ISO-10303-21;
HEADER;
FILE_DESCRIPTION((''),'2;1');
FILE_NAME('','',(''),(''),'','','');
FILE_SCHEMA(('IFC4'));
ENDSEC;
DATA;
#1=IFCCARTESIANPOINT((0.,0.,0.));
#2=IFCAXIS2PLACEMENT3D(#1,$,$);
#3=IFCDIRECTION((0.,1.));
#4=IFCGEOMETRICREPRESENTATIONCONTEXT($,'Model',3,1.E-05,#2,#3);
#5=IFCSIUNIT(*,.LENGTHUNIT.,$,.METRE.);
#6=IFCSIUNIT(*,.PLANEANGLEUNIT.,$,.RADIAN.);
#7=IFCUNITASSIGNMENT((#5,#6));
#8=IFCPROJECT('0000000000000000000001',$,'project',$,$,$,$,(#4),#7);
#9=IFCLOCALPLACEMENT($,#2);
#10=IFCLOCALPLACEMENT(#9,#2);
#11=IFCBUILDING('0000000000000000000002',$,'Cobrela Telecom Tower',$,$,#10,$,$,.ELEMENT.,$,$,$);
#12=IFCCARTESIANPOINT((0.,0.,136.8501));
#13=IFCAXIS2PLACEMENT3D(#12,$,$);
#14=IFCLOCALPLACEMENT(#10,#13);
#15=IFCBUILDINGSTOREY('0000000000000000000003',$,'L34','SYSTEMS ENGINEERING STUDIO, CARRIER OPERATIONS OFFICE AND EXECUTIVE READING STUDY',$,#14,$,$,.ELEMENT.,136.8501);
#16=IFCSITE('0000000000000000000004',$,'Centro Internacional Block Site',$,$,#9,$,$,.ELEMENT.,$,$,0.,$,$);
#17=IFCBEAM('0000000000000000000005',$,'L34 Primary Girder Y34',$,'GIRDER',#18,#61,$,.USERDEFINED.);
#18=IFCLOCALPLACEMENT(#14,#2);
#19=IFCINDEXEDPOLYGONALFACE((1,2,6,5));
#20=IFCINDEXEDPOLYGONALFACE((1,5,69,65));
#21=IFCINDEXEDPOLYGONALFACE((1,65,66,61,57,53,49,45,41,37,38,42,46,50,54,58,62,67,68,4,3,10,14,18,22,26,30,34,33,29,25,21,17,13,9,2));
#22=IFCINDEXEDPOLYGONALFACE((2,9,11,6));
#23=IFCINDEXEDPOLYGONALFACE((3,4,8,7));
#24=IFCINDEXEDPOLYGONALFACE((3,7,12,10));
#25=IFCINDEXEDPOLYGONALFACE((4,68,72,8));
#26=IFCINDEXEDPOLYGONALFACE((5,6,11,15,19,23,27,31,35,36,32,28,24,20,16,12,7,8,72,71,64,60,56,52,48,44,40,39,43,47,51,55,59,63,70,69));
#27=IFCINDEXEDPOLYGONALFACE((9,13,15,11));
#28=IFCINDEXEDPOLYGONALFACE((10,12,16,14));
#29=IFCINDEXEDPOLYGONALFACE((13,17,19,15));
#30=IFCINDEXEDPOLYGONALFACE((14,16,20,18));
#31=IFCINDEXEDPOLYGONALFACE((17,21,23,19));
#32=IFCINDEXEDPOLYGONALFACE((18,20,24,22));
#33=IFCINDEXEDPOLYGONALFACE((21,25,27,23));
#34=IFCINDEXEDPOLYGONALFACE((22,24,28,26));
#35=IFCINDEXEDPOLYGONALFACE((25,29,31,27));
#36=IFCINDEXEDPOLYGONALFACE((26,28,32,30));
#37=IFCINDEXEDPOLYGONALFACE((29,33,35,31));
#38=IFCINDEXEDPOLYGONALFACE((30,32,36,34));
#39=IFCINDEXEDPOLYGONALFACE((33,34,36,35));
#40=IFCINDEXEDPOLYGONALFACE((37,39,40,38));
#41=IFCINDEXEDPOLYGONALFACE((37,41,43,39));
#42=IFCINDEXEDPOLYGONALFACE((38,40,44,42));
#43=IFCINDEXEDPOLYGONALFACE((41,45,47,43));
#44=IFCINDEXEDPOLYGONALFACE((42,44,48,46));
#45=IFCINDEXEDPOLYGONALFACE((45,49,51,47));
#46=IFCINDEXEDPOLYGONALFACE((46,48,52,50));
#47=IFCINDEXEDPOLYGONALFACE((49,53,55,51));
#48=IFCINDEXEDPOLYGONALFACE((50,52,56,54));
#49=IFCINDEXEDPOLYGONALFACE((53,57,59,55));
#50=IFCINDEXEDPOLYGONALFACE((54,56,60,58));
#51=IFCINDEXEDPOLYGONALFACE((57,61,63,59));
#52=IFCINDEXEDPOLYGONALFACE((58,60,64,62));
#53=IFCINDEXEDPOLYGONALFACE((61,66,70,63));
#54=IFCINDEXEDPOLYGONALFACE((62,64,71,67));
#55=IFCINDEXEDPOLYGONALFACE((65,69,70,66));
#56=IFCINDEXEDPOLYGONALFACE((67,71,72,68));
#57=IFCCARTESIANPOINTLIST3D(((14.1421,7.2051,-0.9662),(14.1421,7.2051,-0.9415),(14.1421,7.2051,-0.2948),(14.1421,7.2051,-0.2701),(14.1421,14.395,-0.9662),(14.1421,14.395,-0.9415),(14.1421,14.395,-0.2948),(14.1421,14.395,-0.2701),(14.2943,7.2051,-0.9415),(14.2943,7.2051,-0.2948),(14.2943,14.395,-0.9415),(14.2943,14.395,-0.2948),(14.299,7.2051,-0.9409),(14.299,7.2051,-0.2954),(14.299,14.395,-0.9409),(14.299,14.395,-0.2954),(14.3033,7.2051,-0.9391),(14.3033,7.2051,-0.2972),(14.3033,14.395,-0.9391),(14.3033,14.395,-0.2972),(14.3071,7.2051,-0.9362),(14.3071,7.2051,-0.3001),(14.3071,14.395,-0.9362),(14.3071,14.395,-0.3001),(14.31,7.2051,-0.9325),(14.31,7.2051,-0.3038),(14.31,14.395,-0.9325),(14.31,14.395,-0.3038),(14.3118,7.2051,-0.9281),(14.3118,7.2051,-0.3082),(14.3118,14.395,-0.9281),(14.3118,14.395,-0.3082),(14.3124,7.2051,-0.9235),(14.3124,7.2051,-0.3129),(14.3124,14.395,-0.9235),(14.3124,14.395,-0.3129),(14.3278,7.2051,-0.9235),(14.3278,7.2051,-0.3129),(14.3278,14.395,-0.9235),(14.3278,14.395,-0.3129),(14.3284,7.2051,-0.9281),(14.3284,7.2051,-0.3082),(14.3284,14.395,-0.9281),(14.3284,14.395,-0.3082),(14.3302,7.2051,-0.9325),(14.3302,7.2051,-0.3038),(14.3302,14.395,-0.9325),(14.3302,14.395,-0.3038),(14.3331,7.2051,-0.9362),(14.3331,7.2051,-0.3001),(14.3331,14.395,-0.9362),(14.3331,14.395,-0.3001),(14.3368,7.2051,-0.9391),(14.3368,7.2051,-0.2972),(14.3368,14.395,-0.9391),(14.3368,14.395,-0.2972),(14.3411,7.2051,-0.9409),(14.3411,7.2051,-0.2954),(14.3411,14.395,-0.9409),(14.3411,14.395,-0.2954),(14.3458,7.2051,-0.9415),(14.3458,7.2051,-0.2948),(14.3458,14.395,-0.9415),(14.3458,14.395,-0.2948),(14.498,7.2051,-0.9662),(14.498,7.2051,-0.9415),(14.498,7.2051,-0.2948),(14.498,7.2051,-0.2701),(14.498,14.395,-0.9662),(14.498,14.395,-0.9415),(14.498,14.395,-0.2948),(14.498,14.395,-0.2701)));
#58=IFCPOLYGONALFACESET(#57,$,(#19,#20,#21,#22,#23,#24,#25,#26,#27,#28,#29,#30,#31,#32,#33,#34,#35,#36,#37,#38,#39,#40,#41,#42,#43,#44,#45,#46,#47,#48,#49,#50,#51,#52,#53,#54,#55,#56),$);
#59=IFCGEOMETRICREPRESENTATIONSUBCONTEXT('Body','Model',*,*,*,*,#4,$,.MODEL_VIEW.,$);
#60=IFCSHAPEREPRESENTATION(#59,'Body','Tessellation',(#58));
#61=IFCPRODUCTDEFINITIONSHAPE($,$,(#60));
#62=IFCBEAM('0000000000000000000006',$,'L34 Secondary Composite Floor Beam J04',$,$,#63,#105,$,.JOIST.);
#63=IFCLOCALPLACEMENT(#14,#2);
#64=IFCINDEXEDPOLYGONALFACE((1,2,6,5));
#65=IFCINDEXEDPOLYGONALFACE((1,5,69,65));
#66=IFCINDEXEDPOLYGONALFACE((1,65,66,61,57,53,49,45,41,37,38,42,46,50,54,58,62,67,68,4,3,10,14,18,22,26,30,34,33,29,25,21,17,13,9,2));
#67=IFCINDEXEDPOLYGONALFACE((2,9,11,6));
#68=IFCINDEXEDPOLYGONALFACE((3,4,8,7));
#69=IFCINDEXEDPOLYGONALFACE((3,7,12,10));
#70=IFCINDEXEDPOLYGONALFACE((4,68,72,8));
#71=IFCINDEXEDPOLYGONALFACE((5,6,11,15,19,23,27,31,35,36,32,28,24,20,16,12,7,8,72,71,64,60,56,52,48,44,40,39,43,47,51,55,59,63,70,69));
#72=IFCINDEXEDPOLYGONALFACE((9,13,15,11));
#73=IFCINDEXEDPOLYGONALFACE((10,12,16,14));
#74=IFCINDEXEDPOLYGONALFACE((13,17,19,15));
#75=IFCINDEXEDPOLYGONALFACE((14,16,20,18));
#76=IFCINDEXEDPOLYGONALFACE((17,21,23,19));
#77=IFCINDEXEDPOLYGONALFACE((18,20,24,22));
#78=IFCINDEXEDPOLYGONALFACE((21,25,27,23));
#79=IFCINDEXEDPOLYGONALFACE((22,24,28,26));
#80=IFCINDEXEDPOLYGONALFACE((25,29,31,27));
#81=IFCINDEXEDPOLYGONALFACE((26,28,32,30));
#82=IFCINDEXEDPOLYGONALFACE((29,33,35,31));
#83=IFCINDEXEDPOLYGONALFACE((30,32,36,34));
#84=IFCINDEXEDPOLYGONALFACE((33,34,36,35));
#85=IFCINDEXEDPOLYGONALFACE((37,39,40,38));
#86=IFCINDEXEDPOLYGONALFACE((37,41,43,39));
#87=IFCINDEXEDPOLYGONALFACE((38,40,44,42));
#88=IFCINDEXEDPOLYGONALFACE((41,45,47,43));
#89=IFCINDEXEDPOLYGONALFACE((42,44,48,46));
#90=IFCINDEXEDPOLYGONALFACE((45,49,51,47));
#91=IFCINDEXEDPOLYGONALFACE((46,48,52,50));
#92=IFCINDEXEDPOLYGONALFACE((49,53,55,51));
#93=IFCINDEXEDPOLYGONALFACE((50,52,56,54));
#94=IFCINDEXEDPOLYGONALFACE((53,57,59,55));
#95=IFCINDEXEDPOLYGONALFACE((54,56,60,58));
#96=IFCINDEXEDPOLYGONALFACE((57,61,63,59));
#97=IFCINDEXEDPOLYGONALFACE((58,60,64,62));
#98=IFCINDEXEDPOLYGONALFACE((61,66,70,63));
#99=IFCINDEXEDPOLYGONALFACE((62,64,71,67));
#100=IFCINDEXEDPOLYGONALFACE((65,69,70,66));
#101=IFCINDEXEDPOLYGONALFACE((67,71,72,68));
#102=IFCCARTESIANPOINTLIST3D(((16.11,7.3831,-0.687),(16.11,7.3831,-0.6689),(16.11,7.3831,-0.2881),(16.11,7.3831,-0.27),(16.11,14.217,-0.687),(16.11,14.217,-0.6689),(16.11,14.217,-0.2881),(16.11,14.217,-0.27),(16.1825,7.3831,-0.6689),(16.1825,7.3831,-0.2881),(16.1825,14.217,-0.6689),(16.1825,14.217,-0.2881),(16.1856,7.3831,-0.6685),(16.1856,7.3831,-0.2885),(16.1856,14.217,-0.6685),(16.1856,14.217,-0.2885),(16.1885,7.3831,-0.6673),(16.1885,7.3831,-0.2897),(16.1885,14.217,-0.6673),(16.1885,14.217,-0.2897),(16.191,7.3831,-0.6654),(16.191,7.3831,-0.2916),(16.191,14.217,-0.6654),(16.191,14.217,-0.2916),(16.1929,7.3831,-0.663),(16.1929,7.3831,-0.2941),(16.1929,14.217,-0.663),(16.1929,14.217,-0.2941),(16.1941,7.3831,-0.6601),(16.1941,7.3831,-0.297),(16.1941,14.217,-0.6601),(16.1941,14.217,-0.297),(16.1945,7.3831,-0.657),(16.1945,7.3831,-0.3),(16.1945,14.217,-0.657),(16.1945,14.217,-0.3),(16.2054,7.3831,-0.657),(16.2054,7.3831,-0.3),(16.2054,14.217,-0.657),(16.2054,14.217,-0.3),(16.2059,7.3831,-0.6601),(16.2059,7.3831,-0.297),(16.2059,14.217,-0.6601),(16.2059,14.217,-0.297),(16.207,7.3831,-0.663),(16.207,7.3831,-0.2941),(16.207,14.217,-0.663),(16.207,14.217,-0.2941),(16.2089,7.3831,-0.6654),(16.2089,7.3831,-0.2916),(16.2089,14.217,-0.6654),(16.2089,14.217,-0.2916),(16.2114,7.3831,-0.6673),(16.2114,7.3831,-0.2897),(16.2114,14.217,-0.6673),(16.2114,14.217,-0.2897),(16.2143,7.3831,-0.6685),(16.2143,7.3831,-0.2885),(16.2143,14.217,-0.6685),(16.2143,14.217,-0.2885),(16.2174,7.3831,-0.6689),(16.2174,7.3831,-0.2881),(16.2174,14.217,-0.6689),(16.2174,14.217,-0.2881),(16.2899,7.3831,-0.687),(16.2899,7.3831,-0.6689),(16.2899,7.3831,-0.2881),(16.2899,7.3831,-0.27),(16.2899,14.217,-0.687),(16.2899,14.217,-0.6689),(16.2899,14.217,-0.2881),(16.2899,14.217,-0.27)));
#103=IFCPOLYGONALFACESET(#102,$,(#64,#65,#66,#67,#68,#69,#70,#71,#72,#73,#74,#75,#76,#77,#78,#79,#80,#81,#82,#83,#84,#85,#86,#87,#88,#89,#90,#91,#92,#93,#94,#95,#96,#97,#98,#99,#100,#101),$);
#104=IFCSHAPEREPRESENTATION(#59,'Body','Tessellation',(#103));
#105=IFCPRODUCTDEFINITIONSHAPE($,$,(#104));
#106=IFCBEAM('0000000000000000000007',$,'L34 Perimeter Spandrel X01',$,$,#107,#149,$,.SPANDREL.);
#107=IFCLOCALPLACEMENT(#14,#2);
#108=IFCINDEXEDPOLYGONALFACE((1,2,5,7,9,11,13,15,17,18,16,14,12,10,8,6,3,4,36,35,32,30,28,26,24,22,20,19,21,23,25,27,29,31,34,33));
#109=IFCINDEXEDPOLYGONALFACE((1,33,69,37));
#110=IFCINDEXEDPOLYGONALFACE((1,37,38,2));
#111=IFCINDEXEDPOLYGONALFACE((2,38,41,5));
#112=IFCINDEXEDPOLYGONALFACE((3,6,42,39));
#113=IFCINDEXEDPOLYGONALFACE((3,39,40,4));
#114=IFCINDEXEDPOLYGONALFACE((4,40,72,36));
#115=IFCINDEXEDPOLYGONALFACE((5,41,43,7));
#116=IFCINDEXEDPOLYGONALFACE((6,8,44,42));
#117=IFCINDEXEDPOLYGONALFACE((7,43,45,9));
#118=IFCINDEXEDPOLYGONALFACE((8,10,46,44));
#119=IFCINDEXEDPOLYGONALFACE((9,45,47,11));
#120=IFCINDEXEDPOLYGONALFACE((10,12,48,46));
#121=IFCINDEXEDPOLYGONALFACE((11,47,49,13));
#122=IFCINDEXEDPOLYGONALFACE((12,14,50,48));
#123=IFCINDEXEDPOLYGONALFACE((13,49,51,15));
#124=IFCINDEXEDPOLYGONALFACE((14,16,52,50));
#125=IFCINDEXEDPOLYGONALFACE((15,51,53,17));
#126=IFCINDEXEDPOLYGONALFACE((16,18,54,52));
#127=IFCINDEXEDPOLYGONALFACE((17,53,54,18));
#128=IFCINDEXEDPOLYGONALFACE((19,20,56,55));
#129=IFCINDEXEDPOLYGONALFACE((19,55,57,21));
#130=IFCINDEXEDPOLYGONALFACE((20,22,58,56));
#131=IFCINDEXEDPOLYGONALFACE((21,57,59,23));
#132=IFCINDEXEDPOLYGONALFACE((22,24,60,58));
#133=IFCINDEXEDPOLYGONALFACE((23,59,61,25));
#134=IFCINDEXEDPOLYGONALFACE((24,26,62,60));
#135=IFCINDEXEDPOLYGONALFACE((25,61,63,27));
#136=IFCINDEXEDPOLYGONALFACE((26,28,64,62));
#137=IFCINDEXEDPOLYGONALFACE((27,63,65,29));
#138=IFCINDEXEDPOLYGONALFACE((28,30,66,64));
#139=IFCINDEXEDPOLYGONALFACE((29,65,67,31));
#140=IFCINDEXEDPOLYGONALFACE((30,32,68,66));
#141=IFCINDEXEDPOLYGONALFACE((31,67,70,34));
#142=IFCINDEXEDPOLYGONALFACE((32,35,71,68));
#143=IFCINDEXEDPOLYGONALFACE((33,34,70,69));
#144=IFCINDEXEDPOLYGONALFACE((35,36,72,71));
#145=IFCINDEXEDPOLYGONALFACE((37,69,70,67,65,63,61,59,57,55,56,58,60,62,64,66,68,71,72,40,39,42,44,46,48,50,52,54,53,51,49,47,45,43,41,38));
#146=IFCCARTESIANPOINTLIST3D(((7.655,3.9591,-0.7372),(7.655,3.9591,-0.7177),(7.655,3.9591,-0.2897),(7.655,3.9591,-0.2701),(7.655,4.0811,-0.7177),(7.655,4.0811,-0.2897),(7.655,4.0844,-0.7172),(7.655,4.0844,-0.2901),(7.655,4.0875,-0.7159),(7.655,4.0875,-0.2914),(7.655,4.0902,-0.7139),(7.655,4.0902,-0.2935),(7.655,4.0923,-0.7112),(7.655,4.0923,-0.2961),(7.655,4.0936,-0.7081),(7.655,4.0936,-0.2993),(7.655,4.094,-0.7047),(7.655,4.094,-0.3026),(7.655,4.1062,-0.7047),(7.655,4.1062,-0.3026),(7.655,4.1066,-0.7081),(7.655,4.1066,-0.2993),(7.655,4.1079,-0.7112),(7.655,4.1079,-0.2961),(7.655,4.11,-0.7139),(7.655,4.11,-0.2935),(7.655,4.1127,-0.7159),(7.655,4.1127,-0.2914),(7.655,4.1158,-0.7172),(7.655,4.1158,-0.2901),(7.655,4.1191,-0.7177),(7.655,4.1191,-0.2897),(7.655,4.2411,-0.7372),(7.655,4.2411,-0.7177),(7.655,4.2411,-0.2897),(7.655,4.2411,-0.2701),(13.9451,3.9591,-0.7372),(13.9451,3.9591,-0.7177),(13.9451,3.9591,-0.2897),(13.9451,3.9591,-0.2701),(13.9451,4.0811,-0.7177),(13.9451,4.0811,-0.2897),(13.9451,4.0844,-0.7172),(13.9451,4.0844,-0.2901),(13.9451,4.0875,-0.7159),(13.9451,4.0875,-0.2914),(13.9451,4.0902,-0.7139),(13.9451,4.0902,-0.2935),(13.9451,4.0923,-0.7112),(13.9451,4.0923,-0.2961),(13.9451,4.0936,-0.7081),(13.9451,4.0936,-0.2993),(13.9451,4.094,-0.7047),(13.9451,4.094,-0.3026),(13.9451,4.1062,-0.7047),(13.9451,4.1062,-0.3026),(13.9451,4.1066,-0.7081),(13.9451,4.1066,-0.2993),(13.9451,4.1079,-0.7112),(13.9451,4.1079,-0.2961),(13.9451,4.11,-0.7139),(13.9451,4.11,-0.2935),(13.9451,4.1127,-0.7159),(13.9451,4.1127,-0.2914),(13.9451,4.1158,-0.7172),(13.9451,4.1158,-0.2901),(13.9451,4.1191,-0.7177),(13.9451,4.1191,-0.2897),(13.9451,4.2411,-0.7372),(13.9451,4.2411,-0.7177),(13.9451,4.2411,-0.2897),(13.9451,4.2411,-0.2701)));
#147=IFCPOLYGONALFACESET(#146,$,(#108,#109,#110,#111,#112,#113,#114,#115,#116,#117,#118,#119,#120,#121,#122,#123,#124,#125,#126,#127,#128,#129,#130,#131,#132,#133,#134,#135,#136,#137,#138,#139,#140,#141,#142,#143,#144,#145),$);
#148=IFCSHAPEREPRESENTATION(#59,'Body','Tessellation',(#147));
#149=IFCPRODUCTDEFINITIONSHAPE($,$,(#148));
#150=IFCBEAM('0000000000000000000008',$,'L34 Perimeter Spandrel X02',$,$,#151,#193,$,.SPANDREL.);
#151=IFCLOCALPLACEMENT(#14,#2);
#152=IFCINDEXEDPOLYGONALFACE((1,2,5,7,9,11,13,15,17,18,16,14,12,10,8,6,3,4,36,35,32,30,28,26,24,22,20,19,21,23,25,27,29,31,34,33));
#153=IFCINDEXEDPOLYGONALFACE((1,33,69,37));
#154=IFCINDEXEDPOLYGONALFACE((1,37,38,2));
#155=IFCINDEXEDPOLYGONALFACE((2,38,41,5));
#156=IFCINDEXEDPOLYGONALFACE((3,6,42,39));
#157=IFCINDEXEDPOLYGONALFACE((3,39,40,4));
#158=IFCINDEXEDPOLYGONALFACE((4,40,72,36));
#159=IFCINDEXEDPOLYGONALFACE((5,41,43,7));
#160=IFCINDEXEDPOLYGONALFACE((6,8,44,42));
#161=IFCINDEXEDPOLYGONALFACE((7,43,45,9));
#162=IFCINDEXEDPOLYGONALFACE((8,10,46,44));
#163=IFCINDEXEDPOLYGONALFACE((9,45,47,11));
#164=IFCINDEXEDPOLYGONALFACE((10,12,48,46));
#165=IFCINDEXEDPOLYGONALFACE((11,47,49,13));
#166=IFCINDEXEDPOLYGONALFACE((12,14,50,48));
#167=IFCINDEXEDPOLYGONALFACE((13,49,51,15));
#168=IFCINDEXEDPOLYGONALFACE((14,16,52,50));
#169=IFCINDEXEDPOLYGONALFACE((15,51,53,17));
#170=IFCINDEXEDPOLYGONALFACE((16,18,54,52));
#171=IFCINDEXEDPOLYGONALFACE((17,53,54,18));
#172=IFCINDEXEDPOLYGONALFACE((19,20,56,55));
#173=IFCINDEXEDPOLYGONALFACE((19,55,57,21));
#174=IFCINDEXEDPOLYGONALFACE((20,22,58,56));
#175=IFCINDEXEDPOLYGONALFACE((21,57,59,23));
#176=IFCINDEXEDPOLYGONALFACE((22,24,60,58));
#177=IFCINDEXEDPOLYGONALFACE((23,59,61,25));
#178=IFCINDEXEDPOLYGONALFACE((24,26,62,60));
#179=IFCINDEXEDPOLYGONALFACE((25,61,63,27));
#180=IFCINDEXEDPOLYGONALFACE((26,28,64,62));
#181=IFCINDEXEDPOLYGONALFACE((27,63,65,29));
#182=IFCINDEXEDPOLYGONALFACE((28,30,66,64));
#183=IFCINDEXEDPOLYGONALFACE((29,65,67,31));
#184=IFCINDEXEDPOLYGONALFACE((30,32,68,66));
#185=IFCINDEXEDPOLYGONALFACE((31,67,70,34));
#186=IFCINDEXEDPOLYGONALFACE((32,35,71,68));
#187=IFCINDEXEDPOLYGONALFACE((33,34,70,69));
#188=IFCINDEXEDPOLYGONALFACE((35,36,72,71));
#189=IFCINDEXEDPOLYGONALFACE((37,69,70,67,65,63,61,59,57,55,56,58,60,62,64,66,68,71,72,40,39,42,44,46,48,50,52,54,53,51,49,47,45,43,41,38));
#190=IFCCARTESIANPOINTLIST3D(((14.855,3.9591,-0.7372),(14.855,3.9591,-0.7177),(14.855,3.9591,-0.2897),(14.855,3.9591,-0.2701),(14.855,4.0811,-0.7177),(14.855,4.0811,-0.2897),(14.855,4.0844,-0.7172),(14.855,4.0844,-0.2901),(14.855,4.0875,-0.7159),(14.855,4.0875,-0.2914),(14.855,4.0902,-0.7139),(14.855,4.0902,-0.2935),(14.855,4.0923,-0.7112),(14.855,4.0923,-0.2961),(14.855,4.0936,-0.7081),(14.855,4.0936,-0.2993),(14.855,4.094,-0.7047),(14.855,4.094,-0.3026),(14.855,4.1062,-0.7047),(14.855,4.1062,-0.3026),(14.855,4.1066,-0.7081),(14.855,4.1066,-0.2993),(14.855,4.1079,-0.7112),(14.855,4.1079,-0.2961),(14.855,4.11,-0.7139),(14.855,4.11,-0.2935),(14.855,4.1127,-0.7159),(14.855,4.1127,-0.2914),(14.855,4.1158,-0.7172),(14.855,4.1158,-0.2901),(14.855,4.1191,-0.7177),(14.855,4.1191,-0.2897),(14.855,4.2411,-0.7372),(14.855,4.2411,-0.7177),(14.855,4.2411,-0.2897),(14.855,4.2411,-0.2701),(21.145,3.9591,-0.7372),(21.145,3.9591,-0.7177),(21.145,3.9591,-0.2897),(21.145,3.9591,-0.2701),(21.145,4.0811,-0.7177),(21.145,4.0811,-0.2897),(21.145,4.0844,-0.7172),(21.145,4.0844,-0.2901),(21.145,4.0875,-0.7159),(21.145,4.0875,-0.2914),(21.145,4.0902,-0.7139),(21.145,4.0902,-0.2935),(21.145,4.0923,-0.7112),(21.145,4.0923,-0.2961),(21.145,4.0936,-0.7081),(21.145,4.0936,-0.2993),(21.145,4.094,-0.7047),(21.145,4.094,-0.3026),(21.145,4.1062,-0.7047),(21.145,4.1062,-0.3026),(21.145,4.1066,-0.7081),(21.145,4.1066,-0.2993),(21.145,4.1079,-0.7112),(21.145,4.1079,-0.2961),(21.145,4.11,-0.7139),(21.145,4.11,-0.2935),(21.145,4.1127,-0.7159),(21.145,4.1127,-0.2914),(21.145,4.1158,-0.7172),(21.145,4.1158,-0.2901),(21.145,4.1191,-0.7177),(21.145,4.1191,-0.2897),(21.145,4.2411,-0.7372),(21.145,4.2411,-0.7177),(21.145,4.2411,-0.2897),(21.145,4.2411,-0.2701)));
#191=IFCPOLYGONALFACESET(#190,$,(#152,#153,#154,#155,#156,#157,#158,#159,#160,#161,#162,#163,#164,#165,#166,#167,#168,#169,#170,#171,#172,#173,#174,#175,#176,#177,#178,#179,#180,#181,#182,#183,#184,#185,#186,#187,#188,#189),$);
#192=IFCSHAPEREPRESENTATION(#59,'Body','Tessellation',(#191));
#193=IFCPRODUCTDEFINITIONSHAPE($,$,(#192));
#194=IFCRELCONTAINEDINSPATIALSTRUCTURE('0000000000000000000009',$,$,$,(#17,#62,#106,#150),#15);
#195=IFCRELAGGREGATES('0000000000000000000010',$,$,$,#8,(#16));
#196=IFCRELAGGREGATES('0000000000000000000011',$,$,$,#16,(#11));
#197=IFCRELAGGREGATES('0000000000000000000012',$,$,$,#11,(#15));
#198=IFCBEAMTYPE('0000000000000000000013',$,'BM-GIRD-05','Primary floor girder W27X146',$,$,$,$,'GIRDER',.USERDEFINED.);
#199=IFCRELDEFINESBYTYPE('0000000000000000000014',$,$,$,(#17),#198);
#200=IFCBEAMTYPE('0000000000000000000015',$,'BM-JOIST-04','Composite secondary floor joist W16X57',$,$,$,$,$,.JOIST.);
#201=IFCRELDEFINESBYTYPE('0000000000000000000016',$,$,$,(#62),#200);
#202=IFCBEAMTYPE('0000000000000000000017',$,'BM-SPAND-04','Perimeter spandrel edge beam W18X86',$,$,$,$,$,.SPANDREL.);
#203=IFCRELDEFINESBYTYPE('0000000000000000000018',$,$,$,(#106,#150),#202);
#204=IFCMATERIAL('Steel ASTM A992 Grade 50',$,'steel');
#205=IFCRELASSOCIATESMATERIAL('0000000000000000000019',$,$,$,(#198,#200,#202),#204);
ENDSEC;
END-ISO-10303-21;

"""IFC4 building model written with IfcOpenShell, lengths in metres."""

from ifc_helpers import new_model, si_unit, direction, frame, origin, origin_2d, place, context, subcontext, project, spatial, i_section, extrude, material, material_profile, profile_set, type_object, element, save


model = new_model("IFC4")

# Units and contexts
model_context = context("Model", 3, precision=1e-05, world=origin(), true_north=direction((0.0, 1.0)))
body_context = subcontext(model_context, "Body", "Model", "MODEL_VIEW")
ifc_project = project(units=[si_unit("LENGTHUNIT", "METRE"), si_unit("PLANEANGLEUNIT", "RADIAN")], contexts=[model_context])

# Site, building, storey
site_placement = place(None, origin())
site = spatial("IfcSite", under=ifc_project, at=site_placement, Name="Centro Internacional Block Site", CompositionType="ELEMENT", RefElevation=0.0)
building_placement = place(site_placement, origin())
building = spatial("IfcBuilding", under=site, at=building_placement, Name="Cobrela Telecom Tower", CompositionType="ELEMENT")
storey_placement = place(building_placement, frame((0.0, 0.0, 136.8501)))
storey = spatial("IfcBuildingStorey", under=building, at=storey_placement, Name="L34", Description="SYSTEMS ENGINEERING STUDIO, CARRIER OPERATIONS OFFICE AND EXECUTIVE READING STUDY", CompositionType="ELEMENT", Elevation=136.8501)

# Beams
ifc_material_1 = material(Name="Steel ASTM A992 Grade 50", Category="steel")
ifc_material_profile_1 = material_profile(ifc_material_1, i_section(OverallWidth=0.356, OverallDepth=0.696, WebThickness=0.0154, FlangeThickness=0.0247, FilletRadius=0.0181, at=origin_2d()), Name="W27X146")
ifc_profile_set_1 = profile_set([ifc_material_profile_1], Name="Steel ASTM A992 Grade 50")
beam_type_1 = type_object("IfcBeamType", Name="BM-GIRD-05", Description="Primary floor girder W27X146", ElementType="GIRDER", PredefinedType="USERDEFINED", material=ifc_profile_set_1)
beam_1_placement = place(storey_placement, frame((14.3201, 7.2051, -0.6182), z_axis=(0.0, 1.0, 0.0), x_axis=(-1.0, 0.0, 0.0)))
element("IfcBeam", 1, at=beam_1_placement, inside=storey, type_object=beam_type_1, Name="L34 Primary Girder Y34", ObjectType="GIRDER", PredefinedType="USERDEFINED", context=body_context, shape_type="SweptSolid", body=[
    extrude(i_section(OverallWidth=0.356, OverallDepth=0.696, WebThickness=0.0154, FlangeThickness=0.0247, FilletRadius=0.0181, at=origin_2d()), origin(), (0.0, 0.0, 1.0), 7.1899),
])
ifc_material_profile_2 = material_profile(ifc_material_1, i_section(OverallWidth=0.1799, OverallDepth=0.417, WebThickness=0.011, FlangeThickness=0.0181, FilletRadius=0.012, at=origin_2d()), Name="W16X57")
ifc_profile_set_2 = profile_set([ifc_material_profile_2], Name="Steel ASTM A992 Grade 50")
beam_type_2 = type_object("IfcBeamType", Name="BM-JOIST-04", Description="Composite secondary floor joist W16X57", PredefinedType="JOIST", material=ifc_profile_set_2)
beam_2_placement = place(storey_placement, frame((16.2, 7.3831, -0.4785), z_axis=(0.0, 1.0, 0.0), x_axis=(-1.0, 0.0, 0.0)))
element("IfcBeam", 2, at=beam_2_placement, inside=storey, type_object=beam_type_2, Name="L34 Secondary Composite Floor Beam J04", PredefinedType="JOIST", context=body_context, shape_type="SweptSolid", body=[
    extrude(i_section(OverallWidth=0.1799, OverallDepth=0.417, WebThickness=0.011, FlangeThickness=0.0181, FilletRadius=0.012, at=origin_2d()), origin(), (0.0, 0.0, 1.0), 6.834),
])
ifc_material_profile_3 = material_profile(ifc_material_1, i_section(OverallWidth=0.282, OverallDepth=0.467, WebThickness=0.0122, FlangeThickness=0.0195, FilletRadius=0.0129, at=origin_2d()), Name="W18X86")
ifc_profile_set_3 = profile_set([ifc_material_profile_3], Name="Steel ASTM A992 Grade 50")
beam_type_3 = type_object("IfcBeamType", Name="BM-SPAND-04", Description="Perimeter spandrel edge beam W18X86", PredefinedType="SPANDREL", material=ifc_profile_set_3)
for number, where, z_axis, x_axis, name in (
    (3, (7.655, 4.1001, -0.5037), (1.0, 0.0, 0.0), (0.0, 1.0, 0.0), "L34 Perimeter Spandrel X01"),
    (4, (14.855, 4.1001, -0.5037), (1.0, 0.0, 0.0), (0.0, 1.0, 0.0), "L34 Perimeter Spandrel X02"),
):
    element("IfcBeam", number, at=place(storey_placement, frame(where, z_axis=z_axis, x_axis=x_axis)), inside=storey, type_object=beam_type_3, Name=name, PredefinedType="SPANDREL", context=body_context, shape_type="SweptSolid", body=[
        extrude(i_section(OverallWidth=0.282, OverallDepth=0.467, WebThickness=0.0122, FlangeThickness=0.0195, FilletRadius=0.0129, at=origin_2d()), origin(), (0.0, 0.0, 1.0), 6.29),
    ])

save(model, "model.ifc")
